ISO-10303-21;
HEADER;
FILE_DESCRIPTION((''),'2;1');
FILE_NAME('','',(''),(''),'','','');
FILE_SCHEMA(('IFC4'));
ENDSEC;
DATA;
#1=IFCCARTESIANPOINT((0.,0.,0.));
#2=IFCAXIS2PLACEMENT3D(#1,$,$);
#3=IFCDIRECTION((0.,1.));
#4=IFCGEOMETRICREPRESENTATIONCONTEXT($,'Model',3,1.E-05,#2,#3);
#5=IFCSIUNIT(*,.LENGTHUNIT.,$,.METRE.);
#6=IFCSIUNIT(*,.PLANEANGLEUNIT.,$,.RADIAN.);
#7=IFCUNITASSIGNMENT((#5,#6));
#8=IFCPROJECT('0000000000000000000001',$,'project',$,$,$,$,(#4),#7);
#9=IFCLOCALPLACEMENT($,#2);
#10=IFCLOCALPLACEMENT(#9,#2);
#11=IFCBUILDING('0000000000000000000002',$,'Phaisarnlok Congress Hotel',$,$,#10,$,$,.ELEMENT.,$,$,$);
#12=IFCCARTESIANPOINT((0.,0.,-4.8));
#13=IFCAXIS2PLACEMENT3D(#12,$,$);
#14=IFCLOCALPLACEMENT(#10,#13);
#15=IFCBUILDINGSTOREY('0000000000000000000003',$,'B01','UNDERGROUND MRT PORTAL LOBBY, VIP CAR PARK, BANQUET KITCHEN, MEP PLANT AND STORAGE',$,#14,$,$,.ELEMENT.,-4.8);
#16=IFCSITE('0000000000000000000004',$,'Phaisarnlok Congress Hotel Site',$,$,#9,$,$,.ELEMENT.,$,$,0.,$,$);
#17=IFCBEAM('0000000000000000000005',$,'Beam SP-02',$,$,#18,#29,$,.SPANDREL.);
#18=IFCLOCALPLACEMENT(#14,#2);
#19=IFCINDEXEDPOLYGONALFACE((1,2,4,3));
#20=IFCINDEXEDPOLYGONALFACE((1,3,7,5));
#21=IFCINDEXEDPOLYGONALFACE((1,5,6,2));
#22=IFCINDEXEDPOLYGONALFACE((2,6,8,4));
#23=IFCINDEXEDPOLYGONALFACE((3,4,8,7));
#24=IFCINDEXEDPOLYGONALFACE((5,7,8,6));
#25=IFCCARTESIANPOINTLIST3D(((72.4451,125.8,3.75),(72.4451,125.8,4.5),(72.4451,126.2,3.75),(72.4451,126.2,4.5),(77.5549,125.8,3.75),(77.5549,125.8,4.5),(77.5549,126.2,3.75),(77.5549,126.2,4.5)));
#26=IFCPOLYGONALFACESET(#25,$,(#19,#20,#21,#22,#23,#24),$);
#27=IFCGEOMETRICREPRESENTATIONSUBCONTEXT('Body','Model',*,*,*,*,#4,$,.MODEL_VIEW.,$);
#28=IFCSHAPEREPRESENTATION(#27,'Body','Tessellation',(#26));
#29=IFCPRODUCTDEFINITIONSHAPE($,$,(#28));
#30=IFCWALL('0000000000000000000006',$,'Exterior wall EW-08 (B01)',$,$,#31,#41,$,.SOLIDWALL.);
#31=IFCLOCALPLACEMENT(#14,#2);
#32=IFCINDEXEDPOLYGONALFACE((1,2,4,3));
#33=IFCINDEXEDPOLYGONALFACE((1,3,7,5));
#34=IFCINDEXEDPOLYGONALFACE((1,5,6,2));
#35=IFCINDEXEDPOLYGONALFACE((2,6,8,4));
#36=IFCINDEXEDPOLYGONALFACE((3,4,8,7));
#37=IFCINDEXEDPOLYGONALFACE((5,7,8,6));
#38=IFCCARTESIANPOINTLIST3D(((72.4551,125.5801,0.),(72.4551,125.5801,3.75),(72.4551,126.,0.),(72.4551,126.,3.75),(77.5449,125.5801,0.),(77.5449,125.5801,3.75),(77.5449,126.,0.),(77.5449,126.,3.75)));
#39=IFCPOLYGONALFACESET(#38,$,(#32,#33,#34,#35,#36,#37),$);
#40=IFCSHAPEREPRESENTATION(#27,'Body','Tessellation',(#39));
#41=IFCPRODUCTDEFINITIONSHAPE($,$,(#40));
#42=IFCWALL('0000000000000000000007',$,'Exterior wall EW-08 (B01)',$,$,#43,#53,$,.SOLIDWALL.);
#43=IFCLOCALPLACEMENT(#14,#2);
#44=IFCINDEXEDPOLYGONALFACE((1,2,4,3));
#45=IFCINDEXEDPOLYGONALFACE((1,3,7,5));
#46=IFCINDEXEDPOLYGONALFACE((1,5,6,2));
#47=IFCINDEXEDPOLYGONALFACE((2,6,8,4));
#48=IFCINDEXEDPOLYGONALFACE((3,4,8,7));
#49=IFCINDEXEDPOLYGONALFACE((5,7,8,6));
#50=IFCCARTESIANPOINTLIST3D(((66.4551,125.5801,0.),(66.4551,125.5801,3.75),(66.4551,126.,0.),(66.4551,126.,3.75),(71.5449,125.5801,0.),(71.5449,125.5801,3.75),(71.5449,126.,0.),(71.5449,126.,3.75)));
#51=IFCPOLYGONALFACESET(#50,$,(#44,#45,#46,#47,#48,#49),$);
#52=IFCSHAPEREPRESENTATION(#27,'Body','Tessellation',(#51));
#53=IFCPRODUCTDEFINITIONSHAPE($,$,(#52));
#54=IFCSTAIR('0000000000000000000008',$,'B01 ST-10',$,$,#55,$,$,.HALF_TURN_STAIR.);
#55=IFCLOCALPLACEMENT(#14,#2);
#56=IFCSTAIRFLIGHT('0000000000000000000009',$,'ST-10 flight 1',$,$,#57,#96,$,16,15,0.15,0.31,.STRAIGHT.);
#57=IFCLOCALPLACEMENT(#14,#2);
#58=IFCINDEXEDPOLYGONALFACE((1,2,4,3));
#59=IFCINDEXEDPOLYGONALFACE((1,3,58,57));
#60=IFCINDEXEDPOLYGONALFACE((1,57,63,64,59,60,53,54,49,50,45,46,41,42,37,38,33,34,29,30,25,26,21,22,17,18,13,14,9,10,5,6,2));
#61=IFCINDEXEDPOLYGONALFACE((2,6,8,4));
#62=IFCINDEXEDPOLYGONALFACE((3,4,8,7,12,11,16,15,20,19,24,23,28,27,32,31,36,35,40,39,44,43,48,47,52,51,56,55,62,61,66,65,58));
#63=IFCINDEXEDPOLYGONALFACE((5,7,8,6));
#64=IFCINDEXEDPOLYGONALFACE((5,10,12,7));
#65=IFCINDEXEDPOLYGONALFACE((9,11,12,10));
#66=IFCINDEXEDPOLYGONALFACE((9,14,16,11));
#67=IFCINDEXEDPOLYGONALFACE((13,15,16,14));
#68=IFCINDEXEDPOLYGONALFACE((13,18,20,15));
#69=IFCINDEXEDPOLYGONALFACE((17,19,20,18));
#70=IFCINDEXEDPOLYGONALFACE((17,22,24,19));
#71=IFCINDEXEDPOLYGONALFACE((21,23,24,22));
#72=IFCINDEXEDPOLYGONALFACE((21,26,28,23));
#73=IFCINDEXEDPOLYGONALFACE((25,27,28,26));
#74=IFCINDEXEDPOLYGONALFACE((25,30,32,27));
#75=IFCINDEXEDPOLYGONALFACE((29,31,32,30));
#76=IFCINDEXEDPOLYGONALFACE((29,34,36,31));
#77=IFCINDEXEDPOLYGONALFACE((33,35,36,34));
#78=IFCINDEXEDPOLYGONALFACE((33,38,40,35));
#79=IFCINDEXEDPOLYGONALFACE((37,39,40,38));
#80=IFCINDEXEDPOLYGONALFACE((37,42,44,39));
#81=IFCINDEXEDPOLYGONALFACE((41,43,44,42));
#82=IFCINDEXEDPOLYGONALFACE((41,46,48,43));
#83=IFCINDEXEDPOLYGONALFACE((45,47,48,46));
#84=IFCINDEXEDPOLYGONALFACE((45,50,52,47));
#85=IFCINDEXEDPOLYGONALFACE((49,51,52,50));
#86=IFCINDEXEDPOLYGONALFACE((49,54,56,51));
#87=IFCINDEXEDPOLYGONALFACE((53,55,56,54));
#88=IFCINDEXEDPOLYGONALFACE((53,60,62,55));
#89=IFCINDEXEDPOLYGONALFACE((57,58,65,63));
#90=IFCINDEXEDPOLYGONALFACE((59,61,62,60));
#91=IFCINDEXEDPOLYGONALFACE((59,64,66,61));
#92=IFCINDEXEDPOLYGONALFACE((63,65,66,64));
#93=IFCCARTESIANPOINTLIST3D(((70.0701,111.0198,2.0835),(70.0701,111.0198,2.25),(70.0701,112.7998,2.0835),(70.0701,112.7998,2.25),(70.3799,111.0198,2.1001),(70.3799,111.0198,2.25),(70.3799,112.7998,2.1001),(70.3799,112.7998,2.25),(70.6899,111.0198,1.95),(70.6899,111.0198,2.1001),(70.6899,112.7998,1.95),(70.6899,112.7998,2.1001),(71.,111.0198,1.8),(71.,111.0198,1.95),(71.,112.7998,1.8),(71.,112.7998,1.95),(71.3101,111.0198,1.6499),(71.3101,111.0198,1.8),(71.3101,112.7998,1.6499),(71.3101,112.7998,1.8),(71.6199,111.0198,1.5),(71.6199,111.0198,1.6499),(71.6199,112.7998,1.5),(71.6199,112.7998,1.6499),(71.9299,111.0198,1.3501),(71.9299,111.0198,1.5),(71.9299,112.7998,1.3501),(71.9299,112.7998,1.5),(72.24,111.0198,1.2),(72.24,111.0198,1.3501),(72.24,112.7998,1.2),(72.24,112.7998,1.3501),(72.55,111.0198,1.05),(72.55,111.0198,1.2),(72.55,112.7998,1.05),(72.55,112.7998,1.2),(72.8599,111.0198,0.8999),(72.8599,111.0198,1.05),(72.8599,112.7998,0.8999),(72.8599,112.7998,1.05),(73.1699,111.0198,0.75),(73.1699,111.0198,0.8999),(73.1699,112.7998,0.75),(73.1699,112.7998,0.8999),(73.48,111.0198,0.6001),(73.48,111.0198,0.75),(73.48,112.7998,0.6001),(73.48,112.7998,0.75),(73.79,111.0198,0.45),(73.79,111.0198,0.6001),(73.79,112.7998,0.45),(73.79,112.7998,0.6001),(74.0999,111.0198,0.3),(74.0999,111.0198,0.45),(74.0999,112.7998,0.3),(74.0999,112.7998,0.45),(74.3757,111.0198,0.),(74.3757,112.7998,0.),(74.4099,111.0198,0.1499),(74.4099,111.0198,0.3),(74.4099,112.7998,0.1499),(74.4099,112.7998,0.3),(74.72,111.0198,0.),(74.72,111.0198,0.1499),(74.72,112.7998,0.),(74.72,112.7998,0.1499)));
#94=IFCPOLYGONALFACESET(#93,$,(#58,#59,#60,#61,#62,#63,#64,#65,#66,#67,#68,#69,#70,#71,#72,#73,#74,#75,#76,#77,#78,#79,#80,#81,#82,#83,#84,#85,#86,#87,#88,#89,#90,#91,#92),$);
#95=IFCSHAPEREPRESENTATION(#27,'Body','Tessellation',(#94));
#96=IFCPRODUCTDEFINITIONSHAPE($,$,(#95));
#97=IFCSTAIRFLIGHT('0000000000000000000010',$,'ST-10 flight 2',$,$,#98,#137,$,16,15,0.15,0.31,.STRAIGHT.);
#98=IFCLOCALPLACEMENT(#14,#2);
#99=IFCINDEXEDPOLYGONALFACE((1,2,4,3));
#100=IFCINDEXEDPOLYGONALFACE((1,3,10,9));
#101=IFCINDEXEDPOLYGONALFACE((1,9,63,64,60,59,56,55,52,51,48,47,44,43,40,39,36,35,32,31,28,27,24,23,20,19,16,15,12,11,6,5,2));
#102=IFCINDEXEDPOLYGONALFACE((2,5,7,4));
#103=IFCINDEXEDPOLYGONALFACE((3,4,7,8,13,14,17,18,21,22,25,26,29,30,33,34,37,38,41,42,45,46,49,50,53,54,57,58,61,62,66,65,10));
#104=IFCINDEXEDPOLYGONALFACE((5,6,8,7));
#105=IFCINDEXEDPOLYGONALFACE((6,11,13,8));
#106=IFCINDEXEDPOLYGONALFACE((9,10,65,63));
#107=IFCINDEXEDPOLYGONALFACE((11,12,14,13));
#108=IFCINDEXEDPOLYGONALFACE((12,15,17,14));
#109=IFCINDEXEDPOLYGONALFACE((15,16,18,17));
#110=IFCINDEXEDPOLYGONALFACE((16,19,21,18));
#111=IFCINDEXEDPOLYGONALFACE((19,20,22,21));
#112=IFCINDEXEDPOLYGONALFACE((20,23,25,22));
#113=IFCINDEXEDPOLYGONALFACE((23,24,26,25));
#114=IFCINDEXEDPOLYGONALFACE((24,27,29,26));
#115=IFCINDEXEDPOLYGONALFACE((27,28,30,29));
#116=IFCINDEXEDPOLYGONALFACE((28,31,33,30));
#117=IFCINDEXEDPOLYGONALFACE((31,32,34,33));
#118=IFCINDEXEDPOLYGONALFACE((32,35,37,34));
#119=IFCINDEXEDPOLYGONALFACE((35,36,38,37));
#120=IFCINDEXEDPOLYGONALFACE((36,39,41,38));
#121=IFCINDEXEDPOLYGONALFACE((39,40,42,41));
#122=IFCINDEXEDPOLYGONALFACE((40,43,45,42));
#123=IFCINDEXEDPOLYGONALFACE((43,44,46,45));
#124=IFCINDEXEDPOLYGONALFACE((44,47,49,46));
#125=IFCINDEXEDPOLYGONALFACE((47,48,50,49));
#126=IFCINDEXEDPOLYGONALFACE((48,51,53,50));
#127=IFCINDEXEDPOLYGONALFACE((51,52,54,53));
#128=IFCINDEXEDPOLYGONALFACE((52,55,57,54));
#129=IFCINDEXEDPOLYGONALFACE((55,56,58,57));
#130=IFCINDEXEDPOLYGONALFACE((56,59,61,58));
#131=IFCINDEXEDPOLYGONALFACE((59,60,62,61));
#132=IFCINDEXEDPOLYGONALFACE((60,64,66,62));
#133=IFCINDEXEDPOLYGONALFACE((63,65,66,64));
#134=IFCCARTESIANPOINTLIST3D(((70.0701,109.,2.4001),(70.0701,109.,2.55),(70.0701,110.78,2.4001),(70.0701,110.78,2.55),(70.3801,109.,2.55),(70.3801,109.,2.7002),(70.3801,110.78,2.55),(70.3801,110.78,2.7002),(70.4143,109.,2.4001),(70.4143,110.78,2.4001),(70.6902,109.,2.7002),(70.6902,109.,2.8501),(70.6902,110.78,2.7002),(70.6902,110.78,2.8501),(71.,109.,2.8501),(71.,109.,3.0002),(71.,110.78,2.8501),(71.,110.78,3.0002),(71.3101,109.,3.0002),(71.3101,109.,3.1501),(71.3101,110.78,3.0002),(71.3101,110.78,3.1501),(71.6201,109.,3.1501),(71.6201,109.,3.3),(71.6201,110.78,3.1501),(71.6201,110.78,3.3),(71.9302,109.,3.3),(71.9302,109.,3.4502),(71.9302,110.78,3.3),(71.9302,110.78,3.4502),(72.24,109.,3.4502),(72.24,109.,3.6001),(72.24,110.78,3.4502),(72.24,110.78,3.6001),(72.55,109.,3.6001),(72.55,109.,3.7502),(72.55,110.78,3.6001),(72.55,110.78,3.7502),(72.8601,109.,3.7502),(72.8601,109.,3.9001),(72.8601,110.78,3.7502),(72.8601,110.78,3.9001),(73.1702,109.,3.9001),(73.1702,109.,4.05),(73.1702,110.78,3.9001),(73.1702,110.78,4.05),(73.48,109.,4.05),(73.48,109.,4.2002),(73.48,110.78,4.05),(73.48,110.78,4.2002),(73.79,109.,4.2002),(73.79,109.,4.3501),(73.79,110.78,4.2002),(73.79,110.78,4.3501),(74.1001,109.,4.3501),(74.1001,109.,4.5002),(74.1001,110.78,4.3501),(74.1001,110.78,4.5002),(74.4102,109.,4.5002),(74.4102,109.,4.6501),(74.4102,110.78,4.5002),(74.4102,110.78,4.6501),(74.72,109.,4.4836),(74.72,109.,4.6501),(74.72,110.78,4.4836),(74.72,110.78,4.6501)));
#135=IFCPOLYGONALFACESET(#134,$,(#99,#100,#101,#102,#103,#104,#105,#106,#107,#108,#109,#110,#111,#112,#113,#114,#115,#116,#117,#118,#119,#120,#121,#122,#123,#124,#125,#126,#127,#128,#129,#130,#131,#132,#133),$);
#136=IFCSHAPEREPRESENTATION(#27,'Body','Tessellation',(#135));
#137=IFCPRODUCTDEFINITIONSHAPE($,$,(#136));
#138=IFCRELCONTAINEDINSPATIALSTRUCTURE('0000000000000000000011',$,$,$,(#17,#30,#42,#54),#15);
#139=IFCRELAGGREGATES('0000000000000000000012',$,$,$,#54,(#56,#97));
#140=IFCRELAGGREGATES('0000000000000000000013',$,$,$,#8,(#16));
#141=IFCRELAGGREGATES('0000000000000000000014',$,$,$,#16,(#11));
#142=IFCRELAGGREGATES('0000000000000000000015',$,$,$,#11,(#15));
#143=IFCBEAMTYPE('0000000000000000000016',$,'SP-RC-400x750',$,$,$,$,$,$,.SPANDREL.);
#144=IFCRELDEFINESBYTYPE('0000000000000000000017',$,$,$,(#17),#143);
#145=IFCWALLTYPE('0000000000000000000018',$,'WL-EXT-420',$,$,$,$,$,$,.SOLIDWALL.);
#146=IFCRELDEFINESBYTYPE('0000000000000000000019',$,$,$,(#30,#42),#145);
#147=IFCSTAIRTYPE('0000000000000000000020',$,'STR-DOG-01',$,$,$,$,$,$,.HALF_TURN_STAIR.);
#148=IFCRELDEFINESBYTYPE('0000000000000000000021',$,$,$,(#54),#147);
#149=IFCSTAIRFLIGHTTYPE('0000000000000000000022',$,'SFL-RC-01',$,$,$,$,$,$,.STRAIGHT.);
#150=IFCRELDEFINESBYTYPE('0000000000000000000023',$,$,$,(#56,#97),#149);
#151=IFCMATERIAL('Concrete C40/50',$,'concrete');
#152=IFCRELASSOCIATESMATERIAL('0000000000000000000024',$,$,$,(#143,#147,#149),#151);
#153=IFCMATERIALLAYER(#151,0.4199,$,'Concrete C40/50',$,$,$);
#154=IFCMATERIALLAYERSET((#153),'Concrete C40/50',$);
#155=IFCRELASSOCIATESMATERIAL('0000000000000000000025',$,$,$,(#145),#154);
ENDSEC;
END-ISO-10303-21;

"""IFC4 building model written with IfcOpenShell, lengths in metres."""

from ifc_helpers import new_model, si_unit, direction, frame, frame_2d, origin, origin_2d, place, context, subcontext, project, spatial, polyline, rectangle, outline, extrude, material, layer, layer_set, material_profile, profile_set, type_object, element, aggregate, save


model = new_model("IFC4")

# Units and contexts
model_context = context("Model", 3, precision=1e-05, world=origin(), true_north=direction((0.0, 1.0)))
body_context = subcontext(model_context, "Body", "Model", "MODEL_VIEW")
ifc_project = project(units=[si_unit("LENGTHUNIT", "METRE"), si_unit("PLANEANGLEUNIT", "RADIAN")], contexts=[model_context])

# Site, building, storey
site_placement = place(None, origin())
site = spatial("IfcSite", under=ifc_project, at=site_placement, Name="Phaisarnlok Congress Hotel Site", CompositionType="ELEMENT", RefElevation=0.0)
building_placement = place(site_placement, origin())
building = spatial("IfcBuilding", under=site, at=building_placement, Name="Phaisarnlok Congress Hotel", CompositionType="ELEMENT")
storey_placement = place(building_placement, frame((0.0, 0.0, -4.8)))
storey = spatial("IfcBuildingStorey", under=building, at=storey_placement, Name="B01", Description="UNDERGROUND MRT PORTAL LOBBY, VIP CAR PARK, BANQUET KITCHEN, MEP PLANT AND STORAGE", CompositionType="ELEMENT", Elevation=-4.8)

# Shared definitions
ifc_material_1 = material(Name="Concrete C40/50", Category="concrete")

# Beam
ifc_material_profile_1 = material_profile(ifc_material_1, rectangle(XDim=0.3999, YDim=0.75, at=origin_2d()), Name="RC 400x750")
ifc_profile_set_1 = profile_set([ifc_material_profile_1], Name="Concrete C40/50")
beam_type_1 = type_object("IfcBeamType", Name="SP-RC-400x750", PredefinedType="SPANDREL", material=ifc_profile_set_1)
for number, where, z_axis, x_axis, name in (
    (1, (72.4451, 126.0, 4.125), (1.0, 0.0, 0.0), (0.0, 1.0, 0.0), "Beam SP-02"),
):
    element("IfcBeam", number, at=place(storey_placement, frame(where, z_axis=z_axis, x_axis=x_axis)), inside=storey, type_object=beam_type_1, Name=name, PredefinedType="SPANDREL", context=body_context, shape_type="SweptSolid", body=[
        extrude(rectangle(XDim=0.3999, YDim=0.75, at=origin_2d()), origin(), (0.0, 0.0, 1.0), 5.1099),
    ])

# Walls
ifc_layer = layer(ifc_material_1, 0.4199, Name="Concrete C40/50")
ifc_layer_set = layer_set([ifc_layer], Name="Concrete C40/50")
wall_type = type_object("IfcWallType", Name="WL-EXT-420", PredefinedType="SOLIDWALL", material=ifc_layer_set)
for number, where, z_axis, x_axis, name in (
    (2, (77.5449, 125.79, 0.0), (0.0, 0.0, 1.0), (-1.0, 0.0, 0.0), "Exterior wall EW-08 (B01)"),
    (3, (71.5449, 125.79, 0.0), (0.0, 0.0, 1.0), (-1.0, 0.0, 0.0), "Exterior wall EW-08 (B01)"),
):
    element("IfcWall", number, at=place(storey_placement, frame(where, z_axis=z_axis, x_axis=x_axis)), inside=storey, type_object=wall_type, Name=name, PredefinedType="SOLIDWALL", context=body_context, shape_type="SweptSolid", body=[
        extrude(rectangle(XDim=5.0898, YDim=0.4199, at=frame_2d((2.5449, 0.0))), origin(), (0.0, 0.0, 1.0), 3.75),
    ])

# Stair, stair flights
stair_type = type_object("IfcStairType", Name="STR-DOG-01", PredefinedType="HALF_TURN_STAIR", material=ifc_material_1)
stair_placement = place(storey_placement, origin())
stair = element("IfcStair", 4, at=stair_placement, inside=storey, type_object=stair_type, Name="B01 ST-10", PredefinedType="HALF_TURN_STAIR")
stair_flight_type = type_object("IfcStairFlightType", Name="SFL-RC-01", PredefinedType="STRAIGHT", material=ifc_material_1)
stair_flight_1_placement = place(storey_placement, frame((74.72, 111.9099, 0.0), z_axis=(0.0, 0.0, 1.0), x_axis=(-1.0, 0.0, 0.0)))
stair_flight_1 = element("IfcStairFlight", 5, at=stair_flight_1_placement, type_object=stair_flight_type, Name="ST-10 flight 1", NumberOfRisers=16, NumberOfTreads=15, PredefinedType="STRAIGHT", RiserHeight=0.15, TreadLength=0.31, context=body_context, shape_type="SweptSolid", body=[
    extrude(outline(polyline([(0.0, 0.0), (0.0, 0.1499), (0.3101, 0.1499), (0.3101, 0.3), (0.6201, 0.3), (0.6201, 0.45), (0.9299, 0.45), (0.9299, 0.6001), (1.24, 0.6001), (1.24, 0.75), (1.55, 0.75), (1.55, 0.8999), (1.8601, 0.8999), (1.8601, 1.05), (2.1699, 1.05), (2.1699, 1.2), (2.48, 1.2), (2.48, 1.3501), (2.79, 1.3501), (2.79, 1.5), (3.1001, 1.5), (3.1001, 1.6499), (3.4099, 1.6499), (3.4099, 1.8), (3.72, 1.8), (3.72, 1.95), (4.03, 1.95), (4.03, 2.1001), (4.3401, 2.1001), (4.3401, 2.25), (4.6499, 2.25), (4.6499, 2.3999), (4.6499, 2.0835), (0.3442, 0.0), (0.0, 0.0)])), frame((0.0, 0.8901, 0.0), z_axis=(0.0, -1.0, 0.0), x_axis=(1.0, 0.0, 0.0)), (0.0, 0.0, 1.0), 1.78),
])
stair_flight_2_placement = place(storey_placement, frame((70.0701, 109.8899, 2.4001), z_axis=(0.0, 0.0, 1.0), x_axis=(1.0, 0.0, 0.0)))
stair_flight_2 = element("IfcStairFlight", 6, at=stair_flight_2_placement, type_object=stair_flight_type, Name="ST-10 flight 2", NumberOfRisers=16, NumberOfTreads=15, PredefinedType="STRAIGHT", RiserHeight=0.15, TreadLength=0.31, context=body_context, shape_type="SweptSolid", body=[
    extrude(outline(polyline([(0.0, 0.0), (0.0, 0.1499), (0.3101, 0.1499), (0.3101, 0.3), (0.6201, 0.3), (0.6201, 0.45), (0.9299, 0.45), (0.9299, 0.6001), (1.24, 0.6001), (1.24, 0.75), (1.55, 0.75), (1.55, 0.8999), (1.8601, 0.8999), (1.8601, 1.05), (2.1699, 1.05), (2.1699, 1.2), (2.48, 1.2), (2.48, 1.3501), (2.79, 1.3501), (2.79, 1.5), (3.1001, 1.5), (3.1001, 1.6499), (3.4099, 1.6499), (3.4099, 1.8), (3.72, 1.8), (3.72, 1.95), (4.03, 1.95), (4.03, 2.1001), (4.3401, 2.1001), (4.3401, 2.25), (4.6499, 2.25), (4.6499, 2.3999), (4.6499, 2.0835), (0.3442, 0.0), (0.0, 0.0)])), frame((0.0, 0.8901, 0.0), z_axis=(0.0, -1.0, 0.0), x_axis=(1.0, 0.0, 0.0)), (0.0, 0.0, 1.0), 1.78),
])
aggregate(stair, [stair_flight_1, stair_flight_2])

save(model, "model.ifc")
